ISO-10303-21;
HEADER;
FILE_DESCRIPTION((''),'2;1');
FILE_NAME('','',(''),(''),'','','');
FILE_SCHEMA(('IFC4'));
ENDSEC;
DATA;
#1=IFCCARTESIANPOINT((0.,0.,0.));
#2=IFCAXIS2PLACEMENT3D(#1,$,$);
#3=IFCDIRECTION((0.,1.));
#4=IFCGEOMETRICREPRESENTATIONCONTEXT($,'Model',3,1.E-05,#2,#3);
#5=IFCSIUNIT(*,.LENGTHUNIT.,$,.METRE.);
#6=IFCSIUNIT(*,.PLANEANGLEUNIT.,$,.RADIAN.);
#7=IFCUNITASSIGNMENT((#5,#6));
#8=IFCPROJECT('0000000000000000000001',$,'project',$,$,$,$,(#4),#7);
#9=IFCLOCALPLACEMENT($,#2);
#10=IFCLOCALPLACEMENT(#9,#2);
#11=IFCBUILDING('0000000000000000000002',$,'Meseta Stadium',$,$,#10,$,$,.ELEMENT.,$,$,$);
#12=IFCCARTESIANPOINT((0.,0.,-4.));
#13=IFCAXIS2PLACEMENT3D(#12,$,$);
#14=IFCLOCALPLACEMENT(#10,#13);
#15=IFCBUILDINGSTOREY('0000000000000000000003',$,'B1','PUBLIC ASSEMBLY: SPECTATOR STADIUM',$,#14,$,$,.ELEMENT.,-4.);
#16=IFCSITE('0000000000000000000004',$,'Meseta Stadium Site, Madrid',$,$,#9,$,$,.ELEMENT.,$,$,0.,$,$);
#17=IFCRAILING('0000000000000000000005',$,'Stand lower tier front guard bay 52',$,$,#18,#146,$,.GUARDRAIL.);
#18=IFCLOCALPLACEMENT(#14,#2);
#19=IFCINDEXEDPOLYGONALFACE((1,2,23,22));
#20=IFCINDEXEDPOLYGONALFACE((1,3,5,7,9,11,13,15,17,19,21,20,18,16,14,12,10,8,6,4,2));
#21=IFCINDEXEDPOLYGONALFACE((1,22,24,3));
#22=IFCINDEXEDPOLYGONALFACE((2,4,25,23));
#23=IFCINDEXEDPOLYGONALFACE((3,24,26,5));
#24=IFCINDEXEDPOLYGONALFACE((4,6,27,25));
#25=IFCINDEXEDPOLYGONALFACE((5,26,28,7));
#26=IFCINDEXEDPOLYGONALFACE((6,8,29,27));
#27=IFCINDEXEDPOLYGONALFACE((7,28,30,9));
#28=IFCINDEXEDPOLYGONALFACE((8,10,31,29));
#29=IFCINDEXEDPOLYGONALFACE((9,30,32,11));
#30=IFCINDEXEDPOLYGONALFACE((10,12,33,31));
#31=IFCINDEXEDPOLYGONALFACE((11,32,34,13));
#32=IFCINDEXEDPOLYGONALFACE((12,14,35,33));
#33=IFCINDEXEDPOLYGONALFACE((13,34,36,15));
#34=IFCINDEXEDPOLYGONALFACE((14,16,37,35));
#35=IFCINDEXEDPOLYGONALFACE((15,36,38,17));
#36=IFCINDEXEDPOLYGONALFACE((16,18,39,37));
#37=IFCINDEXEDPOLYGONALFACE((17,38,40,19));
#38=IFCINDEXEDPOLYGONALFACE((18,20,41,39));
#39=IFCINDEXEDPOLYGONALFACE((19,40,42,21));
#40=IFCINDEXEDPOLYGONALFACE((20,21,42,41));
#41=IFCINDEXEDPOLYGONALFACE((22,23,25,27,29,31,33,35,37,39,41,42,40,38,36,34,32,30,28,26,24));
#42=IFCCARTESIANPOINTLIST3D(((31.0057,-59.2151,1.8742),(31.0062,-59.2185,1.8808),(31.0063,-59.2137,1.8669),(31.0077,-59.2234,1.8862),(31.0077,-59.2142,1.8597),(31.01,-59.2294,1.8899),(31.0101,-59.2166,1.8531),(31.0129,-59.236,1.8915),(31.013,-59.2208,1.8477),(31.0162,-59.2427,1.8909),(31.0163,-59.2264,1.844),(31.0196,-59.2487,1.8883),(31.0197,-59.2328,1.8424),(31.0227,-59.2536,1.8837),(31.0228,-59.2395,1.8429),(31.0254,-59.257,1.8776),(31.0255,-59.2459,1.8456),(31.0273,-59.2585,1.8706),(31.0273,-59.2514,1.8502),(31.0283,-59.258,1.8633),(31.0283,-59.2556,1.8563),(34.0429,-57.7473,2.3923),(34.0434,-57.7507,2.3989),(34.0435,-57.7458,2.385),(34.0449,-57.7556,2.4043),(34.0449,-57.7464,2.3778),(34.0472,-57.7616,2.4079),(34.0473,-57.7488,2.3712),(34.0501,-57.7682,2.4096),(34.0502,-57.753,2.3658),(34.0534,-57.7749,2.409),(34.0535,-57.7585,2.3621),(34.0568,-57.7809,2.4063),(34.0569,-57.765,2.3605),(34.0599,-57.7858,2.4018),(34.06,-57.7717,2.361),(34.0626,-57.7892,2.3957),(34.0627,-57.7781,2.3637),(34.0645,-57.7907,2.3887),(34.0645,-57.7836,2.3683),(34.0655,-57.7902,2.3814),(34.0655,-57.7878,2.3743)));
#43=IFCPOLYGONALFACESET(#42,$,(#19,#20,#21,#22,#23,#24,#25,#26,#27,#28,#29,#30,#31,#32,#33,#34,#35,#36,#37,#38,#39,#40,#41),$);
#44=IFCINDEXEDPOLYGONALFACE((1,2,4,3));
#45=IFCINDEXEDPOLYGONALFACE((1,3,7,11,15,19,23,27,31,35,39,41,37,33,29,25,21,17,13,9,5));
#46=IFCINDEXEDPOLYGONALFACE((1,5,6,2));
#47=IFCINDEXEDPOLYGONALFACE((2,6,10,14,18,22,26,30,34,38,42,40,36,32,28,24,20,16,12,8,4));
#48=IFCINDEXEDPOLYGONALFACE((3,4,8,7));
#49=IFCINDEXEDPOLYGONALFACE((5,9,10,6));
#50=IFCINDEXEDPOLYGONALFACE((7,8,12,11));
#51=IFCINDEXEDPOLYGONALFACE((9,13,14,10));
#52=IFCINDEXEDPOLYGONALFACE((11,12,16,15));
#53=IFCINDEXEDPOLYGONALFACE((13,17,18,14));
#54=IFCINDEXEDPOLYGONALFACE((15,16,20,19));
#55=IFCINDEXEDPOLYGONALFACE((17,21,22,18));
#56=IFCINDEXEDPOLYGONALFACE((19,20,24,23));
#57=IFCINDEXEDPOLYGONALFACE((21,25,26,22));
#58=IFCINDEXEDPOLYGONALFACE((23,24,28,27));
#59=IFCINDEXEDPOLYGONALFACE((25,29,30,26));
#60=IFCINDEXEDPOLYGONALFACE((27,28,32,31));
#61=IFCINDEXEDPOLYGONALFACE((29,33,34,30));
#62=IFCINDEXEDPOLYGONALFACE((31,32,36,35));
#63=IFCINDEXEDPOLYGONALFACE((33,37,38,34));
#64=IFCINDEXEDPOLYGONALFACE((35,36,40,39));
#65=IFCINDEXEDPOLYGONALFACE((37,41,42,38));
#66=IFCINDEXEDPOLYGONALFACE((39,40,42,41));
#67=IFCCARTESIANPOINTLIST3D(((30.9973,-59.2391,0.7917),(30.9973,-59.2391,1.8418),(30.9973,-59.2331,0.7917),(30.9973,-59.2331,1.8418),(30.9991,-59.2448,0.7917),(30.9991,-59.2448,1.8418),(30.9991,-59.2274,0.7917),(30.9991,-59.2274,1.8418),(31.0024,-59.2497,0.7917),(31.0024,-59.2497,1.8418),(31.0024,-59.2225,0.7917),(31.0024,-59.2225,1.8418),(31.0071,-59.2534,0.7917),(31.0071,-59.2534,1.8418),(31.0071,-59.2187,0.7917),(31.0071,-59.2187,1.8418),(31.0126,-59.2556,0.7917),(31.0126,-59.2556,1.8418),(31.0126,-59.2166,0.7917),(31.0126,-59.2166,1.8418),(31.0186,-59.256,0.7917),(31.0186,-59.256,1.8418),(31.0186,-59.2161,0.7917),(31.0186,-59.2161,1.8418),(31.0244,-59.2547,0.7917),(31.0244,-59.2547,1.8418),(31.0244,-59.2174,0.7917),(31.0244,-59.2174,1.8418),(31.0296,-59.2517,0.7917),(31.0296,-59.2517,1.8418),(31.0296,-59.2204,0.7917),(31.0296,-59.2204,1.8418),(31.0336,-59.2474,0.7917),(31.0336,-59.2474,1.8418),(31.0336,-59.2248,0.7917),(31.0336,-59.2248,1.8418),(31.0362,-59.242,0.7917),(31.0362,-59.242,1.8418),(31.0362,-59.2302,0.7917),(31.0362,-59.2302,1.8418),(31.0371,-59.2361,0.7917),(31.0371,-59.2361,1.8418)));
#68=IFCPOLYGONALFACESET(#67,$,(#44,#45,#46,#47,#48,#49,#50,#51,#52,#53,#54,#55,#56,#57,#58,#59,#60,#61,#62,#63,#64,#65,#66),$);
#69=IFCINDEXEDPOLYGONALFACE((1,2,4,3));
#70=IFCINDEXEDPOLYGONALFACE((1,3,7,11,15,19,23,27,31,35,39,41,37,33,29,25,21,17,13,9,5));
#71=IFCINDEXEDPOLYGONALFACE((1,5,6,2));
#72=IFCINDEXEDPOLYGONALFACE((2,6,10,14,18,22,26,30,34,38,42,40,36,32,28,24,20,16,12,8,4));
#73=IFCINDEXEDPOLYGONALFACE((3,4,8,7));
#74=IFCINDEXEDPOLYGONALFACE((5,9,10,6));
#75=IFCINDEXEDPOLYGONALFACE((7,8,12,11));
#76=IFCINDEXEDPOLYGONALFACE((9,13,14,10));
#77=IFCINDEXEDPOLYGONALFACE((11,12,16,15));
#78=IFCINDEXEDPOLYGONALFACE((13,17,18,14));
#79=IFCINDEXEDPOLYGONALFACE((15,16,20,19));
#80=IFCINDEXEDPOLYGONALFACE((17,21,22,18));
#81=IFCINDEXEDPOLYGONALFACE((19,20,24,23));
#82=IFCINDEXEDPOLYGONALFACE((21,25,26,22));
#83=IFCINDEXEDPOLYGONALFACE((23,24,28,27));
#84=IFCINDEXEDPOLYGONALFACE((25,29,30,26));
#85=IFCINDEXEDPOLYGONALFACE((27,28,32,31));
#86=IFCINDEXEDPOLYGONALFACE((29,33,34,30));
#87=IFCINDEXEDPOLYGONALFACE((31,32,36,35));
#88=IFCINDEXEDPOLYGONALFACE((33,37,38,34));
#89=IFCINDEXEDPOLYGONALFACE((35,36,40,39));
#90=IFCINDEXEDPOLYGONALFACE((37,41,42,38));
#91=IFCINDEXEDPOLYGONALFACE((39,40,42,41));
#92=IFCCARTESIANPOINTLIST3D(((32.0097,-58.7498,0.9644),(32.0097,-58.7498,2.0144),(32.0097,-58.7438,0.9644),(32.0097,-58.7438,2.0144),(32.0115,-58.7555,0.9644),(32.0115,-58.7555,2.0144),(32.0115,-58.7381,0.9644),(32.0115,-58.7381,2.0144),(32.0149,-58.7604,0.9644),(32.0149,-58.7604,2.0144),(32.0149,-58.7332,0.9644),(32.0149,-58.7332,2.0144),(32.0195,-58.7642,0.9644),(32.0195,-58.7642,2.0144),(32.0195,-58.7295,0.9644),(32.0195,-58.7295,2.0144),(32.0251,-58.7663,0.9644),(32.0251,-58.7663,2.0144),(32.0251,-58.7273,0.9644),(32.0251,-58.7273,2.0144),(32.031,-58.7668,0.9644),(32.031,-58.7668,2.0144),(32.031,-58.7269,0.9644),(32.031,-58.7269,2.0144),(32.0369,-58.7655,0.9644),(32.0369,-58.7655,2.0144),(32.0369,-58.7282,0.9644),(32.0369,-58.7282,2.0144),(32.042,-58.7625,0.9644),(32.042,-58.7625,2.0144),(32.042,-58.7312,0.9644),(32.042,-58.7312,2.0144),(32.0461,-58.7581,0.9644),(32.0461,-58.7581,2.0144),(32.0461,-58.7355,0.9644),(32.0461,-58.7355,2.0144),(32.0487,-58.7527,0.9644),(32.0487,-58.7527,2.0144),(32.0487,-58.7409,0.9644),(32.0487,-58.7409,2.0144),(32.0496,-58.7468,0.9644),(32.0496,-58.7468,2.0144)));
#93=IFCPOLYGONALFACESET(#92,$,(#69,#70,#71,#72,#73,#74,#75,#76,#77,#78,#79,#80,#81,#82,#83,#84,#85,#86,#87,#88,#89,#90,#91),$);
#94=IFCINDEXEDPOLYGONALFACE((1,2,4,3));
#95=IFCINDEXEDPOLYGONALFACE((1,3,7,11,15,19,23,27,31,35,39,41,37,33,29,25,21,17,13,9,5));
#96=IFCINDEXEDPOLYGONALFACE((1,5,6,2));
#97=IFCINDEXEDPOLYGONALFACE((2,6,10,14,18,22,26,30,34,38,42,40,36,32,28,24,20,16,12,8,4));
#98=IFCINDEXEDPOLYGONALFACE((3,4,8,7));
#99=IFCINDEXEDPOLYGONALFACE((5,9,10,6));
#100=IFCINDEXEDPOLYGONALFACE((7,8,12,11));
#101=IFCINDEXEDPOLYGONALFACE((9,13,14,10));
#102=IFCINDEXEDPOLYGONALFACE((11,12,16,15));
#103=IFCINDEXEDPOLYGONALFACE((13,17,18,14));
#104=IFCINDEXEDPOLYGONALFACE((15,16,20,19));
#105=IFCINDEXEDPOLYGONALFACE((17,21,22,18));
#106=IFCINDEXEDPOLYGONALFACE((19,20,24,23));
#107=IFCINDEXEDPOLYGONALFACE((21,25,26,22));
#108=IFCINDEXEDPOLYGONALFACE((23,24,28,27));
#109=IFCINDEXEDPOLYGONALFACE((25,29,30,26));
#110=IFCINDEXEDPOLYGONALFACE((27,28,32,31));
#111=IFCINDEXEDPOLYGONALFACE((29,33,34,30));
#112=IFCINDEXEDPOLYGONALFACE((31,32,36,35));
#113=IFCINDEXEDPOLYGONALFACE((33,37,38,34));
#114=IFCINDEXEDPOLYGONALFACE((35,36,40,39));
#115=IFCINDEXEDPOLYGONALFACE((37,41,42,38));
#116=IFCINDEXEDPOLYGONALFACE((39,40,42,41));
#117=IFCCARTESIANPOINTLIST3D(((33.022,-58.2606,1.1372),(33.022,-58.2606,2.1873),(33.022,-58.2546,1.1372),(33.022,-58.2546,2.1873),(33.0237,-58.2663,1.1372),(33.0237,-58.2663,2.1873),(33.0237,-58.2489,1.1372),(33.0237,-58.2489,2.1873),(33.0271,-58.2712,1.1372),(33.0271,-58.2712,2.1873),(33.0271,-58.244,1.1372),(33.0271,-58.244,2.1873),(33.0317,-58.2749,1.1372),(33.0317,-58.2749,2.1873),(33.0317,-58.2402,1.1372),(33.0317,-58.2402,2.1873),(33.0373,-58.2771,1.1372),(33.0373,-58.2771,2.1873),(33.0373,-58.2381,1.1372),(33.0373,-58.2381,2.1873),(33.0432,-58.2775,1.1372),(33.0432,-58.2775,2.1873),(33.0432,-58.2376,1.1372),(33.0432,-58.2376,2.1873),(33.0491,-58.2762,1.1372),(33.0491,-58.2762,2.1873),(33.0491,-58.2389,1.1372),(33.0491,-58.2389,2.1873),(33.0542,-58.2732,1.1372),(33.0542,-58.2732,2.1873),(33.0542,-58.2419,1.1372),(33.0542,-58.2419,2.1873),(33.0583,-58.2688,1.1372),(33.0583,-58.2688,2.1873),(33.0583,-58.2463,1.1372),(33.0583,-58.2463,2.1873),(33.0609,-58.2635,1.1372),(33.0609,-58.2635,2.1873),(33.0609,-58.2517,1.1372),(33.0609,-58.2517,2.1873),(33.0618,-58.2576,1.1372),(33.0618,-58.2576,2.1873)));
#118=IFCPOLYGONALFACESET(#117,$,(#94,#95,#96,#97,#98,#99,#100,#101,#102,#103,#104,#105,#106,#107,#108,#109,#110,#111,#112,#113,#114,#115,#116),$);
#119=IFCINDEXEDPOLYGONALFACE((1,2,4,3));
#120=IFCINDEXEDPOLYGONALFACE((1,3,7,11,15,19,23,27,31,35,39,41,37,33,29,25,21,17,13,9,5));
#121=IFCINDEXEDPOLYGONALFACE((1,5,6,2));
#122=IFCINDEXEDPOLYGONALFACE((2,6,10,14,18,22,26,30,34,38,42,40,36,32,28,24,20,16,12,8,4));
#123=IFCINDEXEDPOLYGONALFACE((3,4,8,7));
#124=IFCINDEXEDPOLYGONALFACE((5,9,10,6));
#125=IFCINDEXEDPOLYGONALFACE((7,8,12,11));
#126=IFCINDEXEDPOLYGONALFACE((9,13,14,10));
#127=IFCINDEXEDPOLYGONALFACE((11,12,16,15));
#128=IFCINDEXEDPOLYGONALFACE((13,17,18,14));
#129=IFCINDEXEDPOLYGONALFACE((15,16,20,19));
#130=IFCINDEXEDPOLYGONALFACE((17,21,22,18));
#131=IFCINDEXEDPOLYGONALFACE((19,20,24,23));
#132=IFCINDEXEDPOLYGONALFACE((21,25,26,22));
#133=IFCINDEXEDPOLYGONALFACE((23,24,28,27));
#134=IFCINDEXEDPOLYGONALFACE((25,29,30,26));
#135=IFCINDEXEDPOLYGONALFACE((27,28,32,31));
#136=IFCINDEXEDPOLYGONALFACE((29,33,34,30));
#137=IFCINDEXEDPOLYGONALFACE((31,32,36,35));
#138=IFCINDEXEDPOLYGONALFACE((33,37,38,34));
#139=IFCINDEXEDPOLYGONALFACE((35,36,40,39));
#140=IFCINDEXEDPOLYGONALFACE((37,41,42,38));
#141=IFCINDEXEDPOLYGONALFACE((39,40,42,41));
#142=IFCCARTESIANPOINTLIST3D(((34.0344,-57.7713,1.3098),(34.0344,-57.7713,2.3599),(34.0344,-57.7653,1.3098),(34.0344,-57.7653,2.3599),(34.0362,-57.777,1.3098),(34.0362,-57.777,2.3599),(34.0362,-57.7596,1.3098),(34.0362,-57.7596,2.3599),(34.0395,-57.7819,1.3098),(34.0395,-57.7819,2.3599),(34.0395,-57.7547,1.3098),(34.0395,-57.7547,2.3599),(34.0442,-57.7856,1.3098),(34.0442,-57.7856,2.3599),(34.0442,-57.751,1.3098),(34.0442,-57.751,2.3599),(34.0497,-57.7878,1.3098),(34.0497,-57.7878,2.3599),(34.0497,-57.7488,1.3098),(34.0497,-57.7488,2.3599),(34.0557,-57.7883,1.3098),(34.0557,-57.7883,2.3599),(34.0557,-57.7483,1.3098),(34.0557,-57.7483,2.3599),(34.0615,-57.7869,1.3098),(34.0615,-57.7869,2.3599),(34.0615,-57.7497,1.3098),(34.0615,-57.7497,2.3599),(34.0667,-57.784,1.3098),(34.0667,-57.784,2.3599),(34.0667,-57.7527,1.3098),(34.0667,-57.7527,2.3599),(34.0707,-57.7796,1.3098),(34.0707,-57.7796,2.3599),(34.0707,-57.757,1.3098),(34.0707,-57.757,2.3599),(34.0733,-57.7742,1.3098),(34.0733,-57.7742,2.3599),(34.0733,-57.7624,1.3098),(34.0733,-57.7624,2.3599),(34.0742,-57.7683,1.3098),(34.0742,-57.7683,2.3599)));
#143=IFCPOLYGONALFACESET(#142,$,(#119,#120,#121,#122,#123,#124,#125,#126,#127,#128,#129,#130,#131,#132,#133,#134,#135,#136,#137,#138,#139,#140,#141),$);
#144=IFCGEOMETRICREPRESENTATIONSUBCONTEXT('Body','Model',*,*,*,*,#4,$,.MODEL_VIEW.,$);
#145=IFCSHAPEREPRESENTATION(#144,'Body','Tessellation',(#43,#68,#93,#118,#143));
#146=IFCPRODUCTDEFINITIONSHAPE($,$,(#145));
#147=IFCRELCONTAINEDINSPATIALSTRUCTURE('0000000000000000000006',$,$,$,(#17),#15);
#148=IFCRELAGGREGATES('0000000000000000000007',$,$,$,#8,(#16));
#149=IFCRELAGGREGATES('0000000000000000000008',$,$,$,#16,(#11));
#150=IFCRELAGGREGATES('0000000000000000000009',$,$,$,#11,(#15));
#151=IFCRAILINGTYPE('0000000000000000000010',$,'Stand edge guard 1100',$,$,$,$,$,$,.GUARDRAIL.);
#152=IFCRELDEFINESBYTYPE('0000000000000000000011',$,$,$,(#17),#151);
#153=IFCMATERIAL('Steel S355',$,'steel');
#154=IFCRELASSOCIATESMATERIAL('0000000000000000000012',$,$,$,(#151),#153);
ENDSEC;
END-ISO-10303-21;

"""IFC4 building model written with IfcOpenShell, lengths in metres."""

from ifc_helpers import new_model, si_unit, direction, frame, origin, origin_2d, place, context, subcontext, project, spatial, circle, extrude, material, type_object, element, save


model = new_model("IFC4")

# Units and contexts
model_context = context("Model", 3, precision=1e-05, world=origin(), true_north=direction((0.0, 1.0)))
body_context = subcontext(model_context, "Body", "Model", "MODEL_VIEW")
ifc_project = project(units=[si_unit("LENGTHUNIT", "METRE"), si_unit("PLANEANGLEUNIT", "RADIAN")], contexts=[model_context])

# Site, building, storey
site_placement = place(None, origin())
site = spatial("IfcSite", under=ifc_project, at=site_placement, Name="Meseta Stadium Site, Madrid", CompositionType="ELEMENT", RefElevation=0.0)
building_placement = place(site_placement, origin())
building = spatial("IfcBuilding", under=site, at=building_placement, Name="Meseta Stadium", CompositionType="ELEMENT")
storey_placement = place(building_placement, frame((0.0, 0.0, -4.0)))
storey = spatial("IfcBuildingStorey", under=building, at=storey_placement, Name="B1", Description="PUBLIC ASSEMBLY: SPECTATOR STADIUM", CompositionType="ELEMENT", Elevation=-4.0)

# Railing
ifc_material_1 = material(Name="Steel S355", Category="steel")
railing_type = type_object("IfcRailingType", Name="Stand edge guard 1100", PredefinedType="GUARDRAIL", material=ifc_material_1)
railing_1_placement = place(storey_placement, frame((31.0171, -59.2361, 0.7917)))
element("IfcRailing", 1, at=railing_1_placement, inside=storey, type_object=railing_type, Name="Stand lower tier front guard bay 52", PredefinedType="GUARDRAIL", context=body_context, shape_type="SweptSolid", body=[
    extrude(circle(Radius=0.0249, at=origin_2d()), frame((0.0, 0.0, 1.0752), z_axis=(0.889933, 0.430087, 0.151804), x_axis=(-0.43513, 0.900368, 0.0)), (0.0, 0.0, 1.0), 3.4128),
    extrude(circle(Radius=0.02, at=origin_2d()), origin(), (0.0, 0.0, 1.0), 1.05),
    extrude(circle(Radius=0.02, at=origin_2d()), frame((1.0125, 0.4893, 0.1726)), (0.0, 0.0, 1.0), 1.05),
    extrude(circle(Radius=0.02, at=origin_2d()), frame((2.0247, 0.9785, 0.3455)), (0.0, 0.0, 1.0), 1.05),
    extrude(circle(Radius=0.02, at=origin_2d()), frame((3.0371, 1.4678, 0.5181)), (0.0, 0.0, 1.0), 1.05),
])

save(model, "model.ifc")
